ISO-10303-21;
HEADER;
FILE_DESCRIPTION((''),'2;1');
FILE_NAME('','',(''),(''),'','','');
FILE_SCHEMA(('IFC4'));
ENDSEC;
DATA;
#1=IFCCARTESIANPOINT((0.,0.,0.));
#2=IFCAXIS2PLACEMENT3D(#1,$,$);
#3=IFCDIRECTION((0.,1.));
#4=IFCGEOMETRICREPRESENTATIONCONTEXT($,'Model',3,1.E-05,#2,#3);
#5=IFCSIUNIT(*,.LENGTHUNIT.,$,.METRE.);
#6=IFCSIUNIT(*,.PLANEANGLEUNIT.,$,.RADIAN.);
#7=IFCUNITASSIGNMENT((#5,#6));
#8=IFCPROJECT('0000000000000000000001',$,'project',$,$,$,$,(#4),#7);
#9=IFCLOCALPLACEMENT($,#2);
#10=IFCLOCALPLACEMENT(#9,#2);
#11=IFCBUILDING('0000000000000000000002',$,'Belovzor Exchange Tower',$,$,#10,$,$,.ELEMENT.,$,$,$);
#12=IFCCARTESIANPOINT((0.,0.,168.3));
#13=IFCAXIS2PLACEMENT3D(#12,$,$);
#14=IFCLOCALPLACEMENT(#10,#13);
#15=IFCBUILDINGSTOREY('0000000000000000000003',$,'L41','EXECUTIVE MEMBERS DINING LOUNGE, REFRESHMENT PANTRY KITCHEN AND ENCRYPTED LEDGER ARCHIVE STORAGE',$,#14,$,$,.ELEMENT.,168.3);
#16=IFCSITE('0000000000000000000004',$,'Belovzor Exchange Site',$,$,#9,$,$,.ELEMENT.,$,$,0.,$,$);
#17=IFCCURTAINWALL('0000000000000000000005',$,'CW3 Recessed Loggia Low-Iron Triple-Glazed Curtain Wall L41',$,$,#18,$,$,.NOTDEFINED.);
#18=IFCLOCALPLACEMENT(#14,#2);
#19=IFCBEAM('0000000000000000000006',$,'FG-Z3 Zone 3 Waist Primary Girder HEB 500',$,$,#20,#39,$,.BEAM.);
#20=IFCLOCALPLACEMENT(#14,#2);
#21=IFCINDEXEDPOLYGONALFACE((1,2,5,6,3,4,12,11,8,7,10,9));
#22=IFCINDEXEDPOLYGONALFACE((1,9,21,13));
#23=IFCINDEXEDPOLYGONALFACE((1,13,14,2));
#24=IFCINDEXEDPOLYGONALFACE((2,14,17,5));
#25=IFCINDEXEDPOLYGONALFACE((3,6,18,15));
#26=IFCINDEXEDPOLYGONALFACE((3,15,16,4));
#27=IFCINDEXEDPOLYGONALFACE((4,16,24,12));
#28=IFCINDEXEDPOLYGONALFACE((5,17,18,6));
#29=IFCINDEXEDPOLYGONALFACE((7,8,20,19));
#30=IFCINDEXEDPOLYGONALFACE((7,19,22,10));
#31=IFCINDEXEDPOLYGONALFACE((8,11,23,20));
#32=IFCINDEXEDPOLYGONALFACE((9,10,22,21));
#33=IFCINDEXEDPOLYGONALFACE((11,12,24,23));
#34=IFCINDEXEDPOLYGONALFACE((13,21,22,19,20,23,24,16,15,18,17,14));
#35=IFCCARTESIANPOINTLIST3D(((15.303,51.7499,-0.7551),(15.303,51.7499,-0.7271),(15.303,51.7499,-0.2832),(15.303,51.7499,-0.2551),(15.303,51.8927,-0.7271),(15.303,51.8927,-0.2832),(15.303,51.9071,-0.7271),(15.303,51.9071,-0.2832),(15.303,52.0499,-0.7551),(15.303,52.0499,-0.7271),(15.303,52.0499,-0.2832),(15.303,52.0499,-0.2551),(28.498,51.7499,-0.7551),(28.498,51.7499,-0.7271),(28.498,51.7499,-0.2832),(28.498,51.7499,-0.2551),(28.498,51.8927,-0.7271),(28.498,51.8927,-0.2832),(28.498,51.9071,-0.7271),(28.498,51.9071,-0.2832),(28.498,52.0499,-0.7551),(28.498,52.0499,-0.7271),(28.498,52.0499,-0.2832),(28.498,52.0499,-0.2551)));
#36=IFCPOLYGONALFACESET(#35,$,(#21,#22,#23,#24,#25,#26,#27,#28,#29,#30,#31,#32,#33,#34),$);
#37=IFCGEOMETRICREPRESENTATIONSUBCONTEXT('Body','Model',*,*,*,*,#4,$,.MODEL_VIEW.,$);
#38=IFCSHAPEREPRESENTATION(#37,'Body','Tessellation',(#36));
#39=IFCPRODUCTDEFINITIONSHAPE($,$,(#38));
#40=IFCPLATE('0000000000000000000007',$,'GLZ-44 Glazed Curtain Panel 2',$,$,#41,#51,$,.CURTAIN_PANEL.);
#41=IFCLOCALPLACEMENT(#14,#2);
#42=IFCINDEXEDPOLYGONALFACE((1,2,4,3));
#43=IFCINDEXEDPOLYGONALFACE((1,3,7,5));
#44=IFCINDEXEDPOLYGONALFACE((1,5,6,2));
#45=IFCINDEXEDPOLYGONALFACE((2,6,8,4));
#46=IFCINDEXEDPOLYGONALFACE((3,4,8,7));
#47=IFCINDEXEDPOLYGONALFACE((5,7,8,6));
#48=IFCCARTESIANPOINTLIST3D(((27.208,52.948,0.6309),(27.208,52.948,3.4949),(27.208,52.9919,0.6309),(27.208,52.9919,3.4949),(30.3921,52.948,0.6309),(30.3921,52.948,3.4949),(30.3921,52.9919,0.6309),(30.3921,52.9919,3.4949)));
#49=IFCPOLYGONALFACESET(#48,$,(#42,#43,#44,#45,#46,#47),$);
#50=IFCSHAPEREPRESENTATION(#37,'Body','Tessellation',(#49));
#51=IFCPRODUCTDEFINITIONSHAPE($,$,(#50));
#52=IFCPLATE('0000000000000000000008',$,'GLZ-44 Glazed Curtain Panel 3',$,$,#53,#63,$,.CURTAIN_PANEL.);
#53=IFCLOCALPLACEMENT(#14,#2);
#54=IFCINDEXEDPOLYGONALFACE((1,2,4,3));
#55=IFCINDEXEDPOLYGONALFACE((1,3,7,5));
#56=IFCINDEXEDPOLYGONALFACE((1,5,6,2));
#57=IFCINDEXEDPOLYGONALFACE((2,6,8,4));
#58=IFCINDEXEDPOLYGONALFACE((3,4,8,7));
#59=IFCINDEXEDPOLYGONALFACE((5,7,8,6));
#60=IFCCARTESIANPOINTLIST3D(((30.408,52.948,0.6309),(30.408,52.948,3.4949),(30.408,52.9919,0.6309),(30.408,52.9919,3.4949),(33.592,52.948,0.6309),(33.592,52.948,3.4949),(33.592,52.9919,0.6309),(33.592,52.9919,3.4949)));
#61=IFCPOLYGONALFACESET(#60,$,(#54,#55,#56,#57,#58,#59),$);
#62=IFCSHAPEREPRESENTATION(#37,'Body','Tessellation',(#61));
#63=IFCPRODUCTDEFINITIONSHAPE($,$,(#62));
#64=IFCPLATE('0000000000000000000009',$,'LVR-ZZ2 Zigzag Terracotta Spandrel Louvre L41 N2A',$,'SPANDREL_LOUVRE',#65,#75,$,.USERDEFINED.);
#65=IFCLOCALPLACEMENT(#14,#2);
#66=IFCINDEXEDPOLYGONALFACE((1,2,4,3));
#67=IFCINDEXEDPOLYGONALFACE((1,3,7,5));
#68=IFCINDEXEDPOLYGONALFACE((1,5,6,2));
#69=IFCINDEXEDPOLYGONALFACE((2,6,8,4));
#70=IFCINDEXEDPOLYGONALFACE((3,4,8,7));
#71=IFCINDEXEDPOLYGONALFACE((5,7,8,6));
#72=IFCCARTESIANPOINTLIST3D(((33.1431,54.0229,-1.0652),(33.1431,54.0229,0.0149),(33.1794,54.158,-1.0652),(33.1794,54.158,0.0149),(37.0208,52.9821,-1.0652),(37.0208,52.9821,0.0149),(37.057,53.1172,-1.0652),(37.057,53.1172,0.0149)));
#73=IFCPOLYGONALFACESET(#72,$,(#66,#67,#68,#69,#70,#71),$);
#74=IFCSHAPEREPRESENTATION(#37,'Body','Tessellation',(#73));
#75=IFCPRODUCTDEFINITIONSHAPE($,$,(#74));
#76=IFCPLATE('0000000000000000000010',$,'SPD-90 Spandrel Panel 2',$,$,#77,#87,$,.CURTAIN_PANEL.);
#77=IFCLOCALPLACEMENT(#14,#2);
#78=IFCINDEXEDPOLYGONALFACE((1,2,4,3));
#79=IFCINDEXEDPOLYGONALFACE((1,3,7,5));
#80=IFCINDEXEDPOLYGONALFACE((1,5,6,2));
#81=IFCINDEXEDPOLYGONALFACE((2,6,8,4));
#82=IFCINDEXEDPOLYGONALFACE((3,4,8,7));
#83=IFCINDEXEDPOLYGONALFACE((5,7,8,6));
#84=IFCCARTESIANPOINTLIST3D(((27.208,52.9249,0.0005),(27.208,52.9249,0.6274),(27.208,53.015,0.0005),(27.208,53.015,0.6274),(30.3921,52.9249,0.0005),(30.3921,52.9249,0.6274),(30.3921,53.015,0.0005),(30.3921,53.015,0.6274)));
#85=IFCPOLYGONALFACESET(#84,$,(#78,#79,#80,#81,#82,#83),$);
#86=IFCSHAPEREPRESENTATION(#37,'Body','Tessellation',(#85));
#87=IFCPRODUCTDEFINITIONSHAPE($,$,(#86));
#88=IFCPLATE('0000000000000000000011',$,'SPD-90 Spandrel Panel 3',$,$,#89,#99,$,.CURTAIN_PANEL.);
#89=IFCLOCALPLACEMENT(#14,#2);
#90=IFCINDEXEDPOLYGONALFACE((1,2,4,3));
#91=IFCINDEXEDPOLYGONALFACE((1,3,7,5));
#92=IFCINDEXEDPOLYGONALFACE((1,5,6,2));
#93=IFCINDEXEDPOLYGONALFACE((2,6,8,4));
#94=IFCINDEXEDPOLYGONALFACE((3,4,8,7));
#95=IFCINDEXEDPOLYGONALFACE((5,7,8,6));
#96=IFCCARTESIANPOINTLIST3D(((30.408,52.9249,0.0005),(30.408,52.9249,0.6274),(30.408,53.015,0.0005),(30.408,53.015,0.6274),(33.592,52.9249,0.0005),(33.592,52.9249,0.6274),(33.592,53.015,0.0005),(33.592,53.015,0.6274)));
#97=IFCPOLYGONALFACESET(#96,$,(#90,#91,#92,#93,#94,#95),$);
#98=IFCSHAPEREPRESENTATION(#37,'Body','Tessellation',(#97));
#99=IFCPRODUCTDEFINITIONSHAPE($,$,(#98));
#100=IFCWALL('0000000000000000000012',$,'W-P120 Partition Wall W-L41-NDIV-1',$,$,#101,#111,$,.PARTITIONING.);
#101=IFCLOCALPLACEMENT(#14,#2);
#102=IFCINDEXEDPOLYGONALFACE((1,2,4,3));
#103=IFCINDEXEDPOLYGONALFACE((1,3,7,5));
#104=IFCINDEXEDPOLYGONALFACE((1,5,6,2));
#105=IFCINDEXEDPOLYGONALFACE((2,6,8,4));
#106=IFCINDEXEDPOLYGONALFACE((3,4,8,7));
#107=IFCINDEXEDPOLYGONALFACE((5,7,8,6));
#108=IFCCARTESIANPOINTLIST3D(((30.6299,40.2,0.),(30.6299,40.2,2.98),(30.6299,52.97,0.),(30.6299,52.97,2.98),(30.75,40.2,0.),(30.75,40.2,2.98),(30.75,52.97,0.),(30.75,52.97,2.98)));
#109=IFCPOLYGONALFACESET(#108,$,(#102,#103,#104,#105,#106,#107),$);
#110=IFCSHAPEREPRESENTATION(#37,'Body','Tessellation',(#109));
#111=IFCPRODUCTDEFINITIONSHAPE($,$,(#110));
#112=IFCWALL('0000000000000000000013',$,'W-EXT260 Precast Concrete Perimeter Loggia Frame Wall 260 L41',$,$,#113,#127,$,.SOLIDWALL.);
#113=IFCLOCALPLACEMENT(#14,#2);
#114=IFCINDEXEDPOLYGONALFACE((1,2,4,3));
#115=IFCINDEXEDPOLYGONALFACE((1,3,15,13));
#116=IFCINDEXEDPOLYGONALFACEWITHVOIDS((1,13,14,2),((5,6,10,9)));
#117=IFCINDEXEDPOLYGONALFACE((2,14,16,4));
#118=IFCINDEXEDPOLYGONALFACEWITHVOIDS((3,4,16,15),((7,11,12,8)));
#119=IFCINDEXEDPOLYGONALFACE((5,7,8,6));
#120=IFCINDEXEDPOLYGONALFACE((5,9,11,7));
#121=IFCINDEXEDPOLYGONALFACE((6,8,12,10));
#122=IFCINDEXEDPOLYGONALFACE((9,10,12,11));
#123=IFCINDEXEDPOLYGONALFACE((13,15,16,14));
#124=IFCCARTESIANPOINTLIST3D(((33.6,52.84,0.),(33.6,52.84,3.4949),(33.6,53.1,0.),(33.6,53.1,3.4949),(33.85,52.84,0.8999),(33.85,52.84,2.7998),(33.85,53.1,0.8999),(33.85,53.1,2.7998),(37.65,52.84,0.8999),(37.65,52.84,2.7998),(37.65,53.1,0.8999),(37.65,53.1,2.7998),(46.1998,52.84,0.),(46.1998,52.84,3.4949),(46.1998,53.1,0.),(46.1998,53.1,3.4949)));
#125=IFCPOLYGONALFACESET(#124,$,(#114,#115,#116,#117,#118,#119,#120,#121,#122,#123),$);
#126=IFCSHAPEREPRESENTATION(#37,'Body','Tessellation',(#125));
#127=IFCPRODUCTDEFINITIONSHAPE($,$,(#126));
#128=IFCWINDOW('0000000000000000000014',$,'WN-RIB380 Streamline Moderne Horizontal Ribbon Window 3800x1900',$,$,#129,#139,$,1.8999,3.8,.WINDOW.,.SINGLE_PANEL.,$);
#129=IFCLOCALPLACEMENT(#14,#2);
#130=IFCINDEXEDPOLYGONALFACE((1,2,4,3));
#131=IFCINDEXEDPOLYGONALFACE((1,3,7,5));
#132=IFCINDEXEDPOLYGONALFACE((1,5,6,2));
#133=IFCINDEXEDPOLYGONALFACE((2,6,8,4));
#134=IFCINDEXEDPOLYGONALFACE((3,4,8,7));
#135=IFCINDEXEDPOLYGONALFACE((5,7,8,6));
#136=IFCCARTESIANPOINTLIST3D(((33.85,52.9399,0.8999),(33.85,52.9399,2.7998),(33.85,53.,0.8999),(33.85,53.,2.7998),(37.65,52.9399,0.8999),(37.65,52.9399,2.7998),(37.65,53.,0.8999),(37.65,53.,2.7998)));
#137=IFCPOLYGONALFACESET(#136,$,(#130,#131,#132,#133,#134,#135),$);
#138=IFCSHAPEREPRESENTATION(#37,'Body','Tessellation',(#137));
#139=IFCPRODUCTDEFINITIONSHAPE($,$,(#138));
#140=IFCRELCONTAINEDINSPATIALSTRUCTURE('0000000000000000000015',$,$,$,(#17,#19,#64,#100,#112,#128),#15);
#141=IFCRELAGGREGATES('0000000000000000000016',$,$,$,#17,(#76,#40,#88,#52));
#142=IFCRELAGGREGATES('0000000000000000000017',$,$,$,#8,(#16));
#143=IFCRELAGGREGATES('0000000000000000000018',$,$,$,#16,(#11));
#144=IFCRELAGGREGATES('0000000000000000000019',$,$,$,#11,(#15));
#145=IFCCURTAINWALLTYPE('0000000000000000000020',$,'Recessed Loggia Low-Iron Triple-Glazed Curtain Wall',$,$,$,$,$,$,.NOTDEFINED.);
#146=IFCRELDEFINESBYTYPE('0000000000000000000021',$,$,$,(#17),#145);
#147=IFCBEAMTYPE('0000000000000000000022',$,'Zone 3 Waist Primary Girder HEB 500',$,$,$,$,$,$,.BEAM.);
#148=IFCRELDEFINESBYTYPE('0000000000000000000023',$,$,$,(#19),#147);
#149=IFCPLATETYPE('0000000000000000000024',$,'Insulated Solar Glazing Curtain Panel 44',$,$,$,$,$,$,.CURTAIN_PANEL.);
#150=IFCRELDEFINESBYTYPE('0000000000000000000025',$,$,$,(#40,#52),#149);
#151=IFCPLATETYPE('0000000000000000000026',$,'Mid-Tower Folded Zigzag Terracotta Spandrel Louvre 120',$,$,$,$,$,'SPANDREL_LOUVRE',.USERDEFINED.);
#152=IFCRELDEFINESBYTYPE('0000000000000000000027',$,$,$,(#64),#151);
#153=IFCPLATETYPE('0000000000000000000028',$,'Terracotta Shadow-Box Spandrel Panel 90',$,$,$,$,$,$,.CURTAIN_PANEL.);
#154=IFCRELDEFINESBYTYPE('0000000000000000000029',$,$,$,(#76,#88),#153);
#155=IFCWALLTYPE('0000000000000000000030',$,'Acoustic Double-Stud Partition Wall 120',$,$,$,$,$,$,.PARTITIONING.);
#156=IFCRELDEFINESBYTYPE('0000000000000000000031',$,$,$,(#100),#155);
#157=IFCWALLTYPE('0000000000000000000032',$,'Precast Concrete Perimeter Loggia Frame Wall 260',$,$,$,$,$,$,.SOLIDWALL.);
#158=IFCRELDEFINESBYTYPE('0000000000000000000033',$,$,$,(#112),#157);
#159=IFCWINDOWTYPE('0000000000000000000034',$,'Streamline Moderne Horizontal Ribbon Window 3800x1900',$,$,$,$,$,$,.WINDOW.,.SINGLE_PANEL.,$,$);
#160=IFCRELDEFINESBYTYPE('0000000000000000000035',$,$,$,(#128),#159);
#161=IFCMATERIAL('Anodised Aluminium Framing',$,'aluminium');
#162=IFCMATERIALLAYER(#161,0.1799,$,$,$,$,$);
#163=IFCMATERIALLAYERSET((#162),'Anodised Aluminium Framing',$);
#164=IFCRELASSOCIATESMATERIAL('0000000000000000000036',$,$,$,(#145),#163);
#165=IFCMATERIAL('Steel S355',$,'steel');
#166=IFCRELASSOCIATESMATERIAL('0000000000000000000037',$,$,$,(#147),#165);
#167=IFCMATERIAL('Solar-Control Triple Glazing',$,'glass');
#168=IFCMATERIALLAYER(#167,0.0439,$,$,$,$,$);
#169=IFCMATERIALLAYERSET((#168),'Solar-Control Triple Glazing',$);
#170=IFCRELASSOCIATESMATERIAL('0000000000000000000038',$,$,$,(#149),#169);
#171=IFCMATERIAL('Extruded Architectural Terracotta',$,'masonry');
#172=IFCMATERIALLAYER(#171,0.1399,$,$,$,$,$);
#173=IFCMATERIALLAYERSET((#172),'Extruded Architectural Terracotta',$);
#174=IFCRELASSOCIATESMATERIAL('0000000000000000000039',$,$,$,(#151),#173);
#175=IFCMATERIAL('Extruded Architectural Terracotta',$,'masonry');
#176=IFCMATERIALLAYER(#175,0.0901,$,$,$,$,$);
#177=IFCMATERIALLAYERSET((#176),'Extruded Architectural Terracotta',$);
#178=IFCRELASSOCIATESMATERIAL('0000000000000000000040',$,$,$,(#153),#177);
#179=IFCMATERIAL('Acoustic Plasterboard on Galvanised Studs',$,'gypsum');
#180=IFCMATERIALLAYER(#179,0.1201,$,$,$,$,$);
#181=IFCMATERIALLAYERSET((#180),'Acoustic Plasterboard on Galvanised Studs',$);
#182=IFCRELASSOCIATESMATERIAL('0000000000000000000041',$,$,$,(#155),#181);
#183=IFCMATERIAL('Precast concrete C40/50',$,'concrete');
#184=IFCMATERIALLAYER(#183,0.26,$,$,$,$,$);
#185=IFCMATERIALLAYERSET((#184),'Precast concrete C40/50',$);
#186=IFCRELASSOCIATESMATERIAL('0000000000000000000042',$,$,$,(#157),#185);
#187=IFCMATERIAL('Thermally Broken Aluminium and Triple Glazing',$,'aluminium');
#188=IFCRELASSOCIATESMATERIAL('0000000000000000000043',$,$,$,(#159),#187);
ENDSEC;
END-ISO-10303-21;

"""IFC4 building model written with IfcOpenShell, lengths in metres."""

from ifc_helpers import new_model, si_unit, direction, frame, frame_2d, origin, origin_2d, place, context, subcontext, project, spatial, rectangle, i_section, extrude, material, layer, layer_set, material_profile, profile_set, type_object, element, fill, aggregate, save


model = new_model("IFC4")

# Units and contexts
model_context = context("Model", 3, precision=1e-05, world=origin(), true_north=direction((0.0, 1.0)))
body_context = subcontext(model_context, "Body", "Model", "MODEL_VIEW")
ifc_project = project(units=[si_unit("LENGTHUNIT", "METRE"), si_unit("PLANEANGLEUNIT", "RADIAN")], contexts=[model_context])

# Site, building, storey
site_placement = place(None, origin())
site = spatial("IfcSite", under=ifc_project, at=site_placement, Name="Belovzor Exchange Site", CompositionType="ELEMENT", RefElevation=0.0)
building_placement = place(site_placement, origin())
building = spatial("IfcBuilding", under=site, at=building_placement, Name="Belovzor Exchange Tower", CompositionType="ELEMENT")
storey_placement = place(building_placement, frame((0.0, 0.0, 168.3)))
storey = spatial("IfcBuildingStorey", under=building, at=storey_placement, Name="L41", Description="EXECUTIVE MEMBERS DINING LOUNGE, REFRESHMENT PANTRY KITCHEN AND ENCRYPTED LEDGER ARCHIVE STORAGE", CompositionType="ELEMENT", Elevation=168.3)

# Curtain wall
ifc_material_1 = material(Name="Anodised Aluminium Framing", Category="aluminium")
ifc_layer_1 = layer(ifc_material_1, 0.1799)
ifc_layer_set_1 = layer_set([ifc_layer_1], Name="Anodised Aluminium Framing")
curtain_wall_type = type_object("IfcCurtainWallType", Name="Recessed Loggia Low-Iron Triple-Glazed Curtain Wall", PredefinedType="NOTDEFINED", material=ifc_layer_set_1)
curtain_wall_placement = place(storey_placement, origin())
curtain_wall = element("IfcCurtainWall", 1, at=curtain_wall_placement, inside=storey, type_object=curtain_wall_type, Name="CW3 Recessed Loggia Low-Iron Triple-Glazed Curtain Wall L41", PredefinedType="NOTDEFINED")

# Beam
ifc_material_2 = material(Name="Steel S355", Category="steel")
ifc_material_profile_1 = material_profile(ifc_material_2, i_section(OverallWidth=0.3, OverallDepth=0.5, WebThickness=0.0144, FlangeThickness=0.0281, at=origin_2d()))
ifc_profile_set_1 = profile_set([ifc_material_profile_1], Name="Steel S355")
beam_type_1 = type_object("IfcBeamType", Name="Zone 3 Waist Primary Girder HEB 500", PredefinedType="BEAM", material=ifc_profile_set_1)
beam_1_placement = place(storey_placement, frame((28.498, 51.8999, -0.5051), z_axis=(-1.0, 0.0, 0.0), x_axis=(0.0, -1.0, 0.0)))
element("IfcBeam", 2, at=beam_1_placement, inside=storey, type_object=beam_type_1, Name="FG-Z3 Zone 3 Waist Primary Girder HEB 500", PredefinedType="BEAM", context=body_context, shape_type="SweptSolid", body=[
    extrude(i_section(OverallWidth=0.3, OverallDepth=0.5, WebThickness=0.0144, FlangeThickness=0.0281, at=origin_2d()), origin(), (0.0, 0.0, 1.0), 13.1951),
])

# Plates
ifc_material_3 = material(Name="Solar-Control Triple Glazing", Category="glass")
ifc_layer_2 = layer(ifc_material_3, 0.0439)
ifc_layer_set_2 = layer_set([ifc_layer_2], Name="Solar-Control Triple Glazing")
plate_type_1 = type_object("IfcPlateType", Name="Insulated Solar Glazing Curtain Panel 44", PredefinedType="CURTAIN_PANEL", material=ifc_layer_set_2)
plate_1_placement = place(storey_placement, frame((28.8, 52.97, 0.6309), z_axis=(0.0, 0.0, 1.0), x_axis=(1.0, 0.0, 0.0)))
plate_1 = element("IfcPlate", 3, at=plate_1_placement, type_object=plate_type_1, Name="GLZ-44 Glazed Curtain Panel 2", PredefinedType="CURTAIN_PANEL", context=body_context, shape_type="SweptSolid", body=[
    extrude(rectangle(XDim=3.1841, YDim=0.0439, at=origin_2d()), origin(), (0.0, 0.0, 1.0), 2.864),
])
plate_2_placement = place(storey_placement, frame((32.0, 52.97, 0.6309), z_axis=(0.0, 0.0, 1.0), x_axis=(1.0, 0.0, 0.0)))
plate_2 = element("IfcPlate", 4, at=plate_2_placement, type_object=plate_type_1, Name="GLZ-44 Glazed Curtain Panel 3", PredefinedType="CURTAIN_PANEL", context=body_context, shape_type="SweptSolid", body=[
    extrude(rectangle(XDim=3.1841, YDim=0.0439, at=origin_2d()), origin(), (0.0, 0.0, 1.0), 2.864),
])
ifc_material_4 = material(Name="Extruded Architectural Terracotta", Category="masonry")
ifc_layer_3 = layer(ifc_material_4, 0.1399)
ifc_layer_set_3 = layer_set([ifc_layer_3], Name="Extruded Architectural Terracotta")
plate_type_2 = type_object("IfcPlateType", Name="Mid-Tower Folded Zigzag Terracotta Spandrel Louvre 120", ElementType="SPANDREL_LOUVRE", PredefinedType="USERDEFINED", material=ifc_layer_set_3)
plate_3_placement = place(storey_placement, frame((35.1001, 53.5701, -1.0652), z_axis=(0.0, 0.0, 1.0), x_axis=(0.965813, -0.25924, 0.0)))
element("IfcPlate", 5, at=plate_3_placement, inside=storey, type_object=plate_type_2, Name="LVR-ZZ2 Zigzag Terracotta Spandrel Louvre L41 N2A", ObjectType="SPANDREL_LOUVRE", PredefinedType="USERDEFINED", context=body_context, shape_type="SweptSolid", body=[
    extrude(rectangle(XDim=4.0149, YDim=0.1399, at=origin_2d()), origin(), (0.0, 0.0, 1.0), 1.0801),
])
ifc_material_5 = material(Name="Extruded Architectural Terracotta", Category="masonry")
ifc_layer_4 = layer(ifc_material_5, 0.0901)
ifc_layer_set_4 = layer_set([ifc_layer_4], Name="Extruded Architectural Terracotta")
plate_type_3 = type_object("IfcPlateType", Name="Terracotta Shadow-Box Spandrel Panel 90", PredefinedType="CURTAIN_PANEL", material=ifc_layer_set_4)
plate_4_placement = place(storey_placement, frame((28.8, 52.97, 0.0005), z_axis=(0.0, 0.0, 1.0), x_axis=(1.0, 0.0, 0.0)))
plate_4 = element("IfcPlate", 6, at=plate_4_placement, type_object=plate_type_3, Name="SPD-90 Spandrel Panel 2", PredefinedType="CURTAIN_PANEL", context=body_context, shape_type="SweptSolid", body=[
    extrude(rectangle(XDim=3.1841, YDim=0.0901, at=origin_2d()), origin(), (0.0, 0.0, 1.0), 0.627),
])
plate_5_placement = place(storey_placement, frame((32.0, 52.97, 0.0005), z_axis=(0.0, 0.0, 1.0), x_axis=(1.0, 0.0, 0.0)))
plate_5 = element("IfcPlate", 7, at=plate_5_placement, type_object=plate_type_3, Name="SPD-90 Spandrel Panel 3", PredefinedType="CURTAIN_PANEL", context=body_context, shape_type="SweptSolid", body=[
    extrude(rectangle(XDim=3.1841, YDim=0.0901, at=origin_2d()), origin(), (0.0, 0.0, 1.0), 0.627),
])
aggregate(curtain_wall, [plate_4, plate_1, plate_5, plate_2])

# Wall
ifc_material_6 = material(Name="Acoustic Plasterboard on Galvanised Studs", Category="gypsum")
ifc_layer_5 = layer(ifc_material_6, 0.1201)
ifc_layer_set_5 = layer_set([ifc_layer_5], Name="Acoustic Plasterboard on Galvanised Studs")
wall_type_1 = type_object("IfcWallType", Name="Acoustic Double-Stud Partition Wall 120", PredefinedType="PARTITIONING", material=ifc_layer_set_5)
wall_1_placement = place(storey_placement, frame((30.6899, 40.2, 0.0), z_axis=(0.0, 0.0, 1.0), x_axis=(0.0, 1.0, 0.0)))
element("IfcWall", 8, at=wall_1_placement, inside=storey, type_object=wall_type_1, Name="W-P120 Partition Wall W-L41-NDIV-1", PredefinedType="PARTITIONING", context=body_context, shape_type="SweptSolid", body=[
    extrude(rectangle(XDim=12.77, YDim=0.1201, at=frame_2d((6.385, 0.0))), origin(), (0.0, 0.0, 1.0), 2.98),
])

# Wall, opening, window
ifc_material_7 = material(Name="Precast concrete C40/50", Category="concrete")
ifc_layer_6 = layer(ifc_material_7, 0.26)
ifc_layer_set_6 = layer_set([ifc_layer_6], Name="Precast concrete C40/50")
wall_type_2 = type_object("IfcWallType", Name="Precast Concrete Perimeter Loggia Frame Wall 260", PredefinedType="SOLIDWALL", material=ifc_layer_set_6)
wall_2_placement = place(storey_placement, frame((33.6001, 52.97, 0.0), z_axis=(0.0, 0.0, 1.0), x_axis=(1.0, 0.0, 0.0)))
wall_2 = element("IfcWall", 9, at=wall_2_placement, inside=storey, type_object=wall_type_2, Name="W-EXT260 Precast Concrete Perimeter Loggia Frame Wall 260 L41", PredefinedType="SOLIDWALL", context=body_context, shape_type="SweptSolid", body=[
    extrude(rectangle(XDim=12.5999, YDim=0.26, at=frame_2d((6.2998, 0.0))), origin(), (0.0, 0.0, 1.0), 3.4949),
])
opening_placement = place(wall_2_placement, frame((0.25, 0.0, 0.8999)))
opening = element("IfcOpeningElement", 10, at=opening_placement, cuts=wall_2, PredefinedType="OPENING", context=body_context, shape_type="SweptSolid", body=[
    extrude(rectangle(XDim=3.8, YDim=1.8999, at=frame_2d((1.8999, 0.95))), frame((0.0, 0.1399, 0.0), z_axis=(0.0, -1.0, 0.0), x_axis=(1.0, 0.0, 0.0)), (0.0, 0.0, 1.0), 0.28),
])
ifc_material_8 = material(Name="Thermally Broken Aluminium and Triple Glazing", Category="aluminium")
window_type = type_object("IfcWindowType", Name="Streamline Moderne Horizontal Ribbon Window 3800x1900", PartitioningType="SINGLE_PANEL", PredefinedType="WINDOW", material=ifc_material_8)
window_placement = place(opening_placement, origin())
window = element("IfcWindow", 11, at=window_placement, inside=storey, type_object=window_type, Name="WN-RIB380 Streamline Moderne Horizontal Ribbon Window 3800x1900", OverallHeight=1.8999, OverallWidth=3.8, PartitioningType="SINGLE_PANEL", PredefinedType="WINDOW", context=body_context, shape_type="SweptSolid", body=[
    extrude(rectangle(XDim=3.8, YDim=1.8999, at=frame_2d((1.8999, 0.95))), frame((0.0, 0.03, 0.0), z_axis=(0.0, -1.0, 0.0), x_axis=(1.0, 0.0, 0.0)), (0.0, 0.0, 1.0), 0.0601),
])
fill(opening, window)

save(model, "model.ifc")
